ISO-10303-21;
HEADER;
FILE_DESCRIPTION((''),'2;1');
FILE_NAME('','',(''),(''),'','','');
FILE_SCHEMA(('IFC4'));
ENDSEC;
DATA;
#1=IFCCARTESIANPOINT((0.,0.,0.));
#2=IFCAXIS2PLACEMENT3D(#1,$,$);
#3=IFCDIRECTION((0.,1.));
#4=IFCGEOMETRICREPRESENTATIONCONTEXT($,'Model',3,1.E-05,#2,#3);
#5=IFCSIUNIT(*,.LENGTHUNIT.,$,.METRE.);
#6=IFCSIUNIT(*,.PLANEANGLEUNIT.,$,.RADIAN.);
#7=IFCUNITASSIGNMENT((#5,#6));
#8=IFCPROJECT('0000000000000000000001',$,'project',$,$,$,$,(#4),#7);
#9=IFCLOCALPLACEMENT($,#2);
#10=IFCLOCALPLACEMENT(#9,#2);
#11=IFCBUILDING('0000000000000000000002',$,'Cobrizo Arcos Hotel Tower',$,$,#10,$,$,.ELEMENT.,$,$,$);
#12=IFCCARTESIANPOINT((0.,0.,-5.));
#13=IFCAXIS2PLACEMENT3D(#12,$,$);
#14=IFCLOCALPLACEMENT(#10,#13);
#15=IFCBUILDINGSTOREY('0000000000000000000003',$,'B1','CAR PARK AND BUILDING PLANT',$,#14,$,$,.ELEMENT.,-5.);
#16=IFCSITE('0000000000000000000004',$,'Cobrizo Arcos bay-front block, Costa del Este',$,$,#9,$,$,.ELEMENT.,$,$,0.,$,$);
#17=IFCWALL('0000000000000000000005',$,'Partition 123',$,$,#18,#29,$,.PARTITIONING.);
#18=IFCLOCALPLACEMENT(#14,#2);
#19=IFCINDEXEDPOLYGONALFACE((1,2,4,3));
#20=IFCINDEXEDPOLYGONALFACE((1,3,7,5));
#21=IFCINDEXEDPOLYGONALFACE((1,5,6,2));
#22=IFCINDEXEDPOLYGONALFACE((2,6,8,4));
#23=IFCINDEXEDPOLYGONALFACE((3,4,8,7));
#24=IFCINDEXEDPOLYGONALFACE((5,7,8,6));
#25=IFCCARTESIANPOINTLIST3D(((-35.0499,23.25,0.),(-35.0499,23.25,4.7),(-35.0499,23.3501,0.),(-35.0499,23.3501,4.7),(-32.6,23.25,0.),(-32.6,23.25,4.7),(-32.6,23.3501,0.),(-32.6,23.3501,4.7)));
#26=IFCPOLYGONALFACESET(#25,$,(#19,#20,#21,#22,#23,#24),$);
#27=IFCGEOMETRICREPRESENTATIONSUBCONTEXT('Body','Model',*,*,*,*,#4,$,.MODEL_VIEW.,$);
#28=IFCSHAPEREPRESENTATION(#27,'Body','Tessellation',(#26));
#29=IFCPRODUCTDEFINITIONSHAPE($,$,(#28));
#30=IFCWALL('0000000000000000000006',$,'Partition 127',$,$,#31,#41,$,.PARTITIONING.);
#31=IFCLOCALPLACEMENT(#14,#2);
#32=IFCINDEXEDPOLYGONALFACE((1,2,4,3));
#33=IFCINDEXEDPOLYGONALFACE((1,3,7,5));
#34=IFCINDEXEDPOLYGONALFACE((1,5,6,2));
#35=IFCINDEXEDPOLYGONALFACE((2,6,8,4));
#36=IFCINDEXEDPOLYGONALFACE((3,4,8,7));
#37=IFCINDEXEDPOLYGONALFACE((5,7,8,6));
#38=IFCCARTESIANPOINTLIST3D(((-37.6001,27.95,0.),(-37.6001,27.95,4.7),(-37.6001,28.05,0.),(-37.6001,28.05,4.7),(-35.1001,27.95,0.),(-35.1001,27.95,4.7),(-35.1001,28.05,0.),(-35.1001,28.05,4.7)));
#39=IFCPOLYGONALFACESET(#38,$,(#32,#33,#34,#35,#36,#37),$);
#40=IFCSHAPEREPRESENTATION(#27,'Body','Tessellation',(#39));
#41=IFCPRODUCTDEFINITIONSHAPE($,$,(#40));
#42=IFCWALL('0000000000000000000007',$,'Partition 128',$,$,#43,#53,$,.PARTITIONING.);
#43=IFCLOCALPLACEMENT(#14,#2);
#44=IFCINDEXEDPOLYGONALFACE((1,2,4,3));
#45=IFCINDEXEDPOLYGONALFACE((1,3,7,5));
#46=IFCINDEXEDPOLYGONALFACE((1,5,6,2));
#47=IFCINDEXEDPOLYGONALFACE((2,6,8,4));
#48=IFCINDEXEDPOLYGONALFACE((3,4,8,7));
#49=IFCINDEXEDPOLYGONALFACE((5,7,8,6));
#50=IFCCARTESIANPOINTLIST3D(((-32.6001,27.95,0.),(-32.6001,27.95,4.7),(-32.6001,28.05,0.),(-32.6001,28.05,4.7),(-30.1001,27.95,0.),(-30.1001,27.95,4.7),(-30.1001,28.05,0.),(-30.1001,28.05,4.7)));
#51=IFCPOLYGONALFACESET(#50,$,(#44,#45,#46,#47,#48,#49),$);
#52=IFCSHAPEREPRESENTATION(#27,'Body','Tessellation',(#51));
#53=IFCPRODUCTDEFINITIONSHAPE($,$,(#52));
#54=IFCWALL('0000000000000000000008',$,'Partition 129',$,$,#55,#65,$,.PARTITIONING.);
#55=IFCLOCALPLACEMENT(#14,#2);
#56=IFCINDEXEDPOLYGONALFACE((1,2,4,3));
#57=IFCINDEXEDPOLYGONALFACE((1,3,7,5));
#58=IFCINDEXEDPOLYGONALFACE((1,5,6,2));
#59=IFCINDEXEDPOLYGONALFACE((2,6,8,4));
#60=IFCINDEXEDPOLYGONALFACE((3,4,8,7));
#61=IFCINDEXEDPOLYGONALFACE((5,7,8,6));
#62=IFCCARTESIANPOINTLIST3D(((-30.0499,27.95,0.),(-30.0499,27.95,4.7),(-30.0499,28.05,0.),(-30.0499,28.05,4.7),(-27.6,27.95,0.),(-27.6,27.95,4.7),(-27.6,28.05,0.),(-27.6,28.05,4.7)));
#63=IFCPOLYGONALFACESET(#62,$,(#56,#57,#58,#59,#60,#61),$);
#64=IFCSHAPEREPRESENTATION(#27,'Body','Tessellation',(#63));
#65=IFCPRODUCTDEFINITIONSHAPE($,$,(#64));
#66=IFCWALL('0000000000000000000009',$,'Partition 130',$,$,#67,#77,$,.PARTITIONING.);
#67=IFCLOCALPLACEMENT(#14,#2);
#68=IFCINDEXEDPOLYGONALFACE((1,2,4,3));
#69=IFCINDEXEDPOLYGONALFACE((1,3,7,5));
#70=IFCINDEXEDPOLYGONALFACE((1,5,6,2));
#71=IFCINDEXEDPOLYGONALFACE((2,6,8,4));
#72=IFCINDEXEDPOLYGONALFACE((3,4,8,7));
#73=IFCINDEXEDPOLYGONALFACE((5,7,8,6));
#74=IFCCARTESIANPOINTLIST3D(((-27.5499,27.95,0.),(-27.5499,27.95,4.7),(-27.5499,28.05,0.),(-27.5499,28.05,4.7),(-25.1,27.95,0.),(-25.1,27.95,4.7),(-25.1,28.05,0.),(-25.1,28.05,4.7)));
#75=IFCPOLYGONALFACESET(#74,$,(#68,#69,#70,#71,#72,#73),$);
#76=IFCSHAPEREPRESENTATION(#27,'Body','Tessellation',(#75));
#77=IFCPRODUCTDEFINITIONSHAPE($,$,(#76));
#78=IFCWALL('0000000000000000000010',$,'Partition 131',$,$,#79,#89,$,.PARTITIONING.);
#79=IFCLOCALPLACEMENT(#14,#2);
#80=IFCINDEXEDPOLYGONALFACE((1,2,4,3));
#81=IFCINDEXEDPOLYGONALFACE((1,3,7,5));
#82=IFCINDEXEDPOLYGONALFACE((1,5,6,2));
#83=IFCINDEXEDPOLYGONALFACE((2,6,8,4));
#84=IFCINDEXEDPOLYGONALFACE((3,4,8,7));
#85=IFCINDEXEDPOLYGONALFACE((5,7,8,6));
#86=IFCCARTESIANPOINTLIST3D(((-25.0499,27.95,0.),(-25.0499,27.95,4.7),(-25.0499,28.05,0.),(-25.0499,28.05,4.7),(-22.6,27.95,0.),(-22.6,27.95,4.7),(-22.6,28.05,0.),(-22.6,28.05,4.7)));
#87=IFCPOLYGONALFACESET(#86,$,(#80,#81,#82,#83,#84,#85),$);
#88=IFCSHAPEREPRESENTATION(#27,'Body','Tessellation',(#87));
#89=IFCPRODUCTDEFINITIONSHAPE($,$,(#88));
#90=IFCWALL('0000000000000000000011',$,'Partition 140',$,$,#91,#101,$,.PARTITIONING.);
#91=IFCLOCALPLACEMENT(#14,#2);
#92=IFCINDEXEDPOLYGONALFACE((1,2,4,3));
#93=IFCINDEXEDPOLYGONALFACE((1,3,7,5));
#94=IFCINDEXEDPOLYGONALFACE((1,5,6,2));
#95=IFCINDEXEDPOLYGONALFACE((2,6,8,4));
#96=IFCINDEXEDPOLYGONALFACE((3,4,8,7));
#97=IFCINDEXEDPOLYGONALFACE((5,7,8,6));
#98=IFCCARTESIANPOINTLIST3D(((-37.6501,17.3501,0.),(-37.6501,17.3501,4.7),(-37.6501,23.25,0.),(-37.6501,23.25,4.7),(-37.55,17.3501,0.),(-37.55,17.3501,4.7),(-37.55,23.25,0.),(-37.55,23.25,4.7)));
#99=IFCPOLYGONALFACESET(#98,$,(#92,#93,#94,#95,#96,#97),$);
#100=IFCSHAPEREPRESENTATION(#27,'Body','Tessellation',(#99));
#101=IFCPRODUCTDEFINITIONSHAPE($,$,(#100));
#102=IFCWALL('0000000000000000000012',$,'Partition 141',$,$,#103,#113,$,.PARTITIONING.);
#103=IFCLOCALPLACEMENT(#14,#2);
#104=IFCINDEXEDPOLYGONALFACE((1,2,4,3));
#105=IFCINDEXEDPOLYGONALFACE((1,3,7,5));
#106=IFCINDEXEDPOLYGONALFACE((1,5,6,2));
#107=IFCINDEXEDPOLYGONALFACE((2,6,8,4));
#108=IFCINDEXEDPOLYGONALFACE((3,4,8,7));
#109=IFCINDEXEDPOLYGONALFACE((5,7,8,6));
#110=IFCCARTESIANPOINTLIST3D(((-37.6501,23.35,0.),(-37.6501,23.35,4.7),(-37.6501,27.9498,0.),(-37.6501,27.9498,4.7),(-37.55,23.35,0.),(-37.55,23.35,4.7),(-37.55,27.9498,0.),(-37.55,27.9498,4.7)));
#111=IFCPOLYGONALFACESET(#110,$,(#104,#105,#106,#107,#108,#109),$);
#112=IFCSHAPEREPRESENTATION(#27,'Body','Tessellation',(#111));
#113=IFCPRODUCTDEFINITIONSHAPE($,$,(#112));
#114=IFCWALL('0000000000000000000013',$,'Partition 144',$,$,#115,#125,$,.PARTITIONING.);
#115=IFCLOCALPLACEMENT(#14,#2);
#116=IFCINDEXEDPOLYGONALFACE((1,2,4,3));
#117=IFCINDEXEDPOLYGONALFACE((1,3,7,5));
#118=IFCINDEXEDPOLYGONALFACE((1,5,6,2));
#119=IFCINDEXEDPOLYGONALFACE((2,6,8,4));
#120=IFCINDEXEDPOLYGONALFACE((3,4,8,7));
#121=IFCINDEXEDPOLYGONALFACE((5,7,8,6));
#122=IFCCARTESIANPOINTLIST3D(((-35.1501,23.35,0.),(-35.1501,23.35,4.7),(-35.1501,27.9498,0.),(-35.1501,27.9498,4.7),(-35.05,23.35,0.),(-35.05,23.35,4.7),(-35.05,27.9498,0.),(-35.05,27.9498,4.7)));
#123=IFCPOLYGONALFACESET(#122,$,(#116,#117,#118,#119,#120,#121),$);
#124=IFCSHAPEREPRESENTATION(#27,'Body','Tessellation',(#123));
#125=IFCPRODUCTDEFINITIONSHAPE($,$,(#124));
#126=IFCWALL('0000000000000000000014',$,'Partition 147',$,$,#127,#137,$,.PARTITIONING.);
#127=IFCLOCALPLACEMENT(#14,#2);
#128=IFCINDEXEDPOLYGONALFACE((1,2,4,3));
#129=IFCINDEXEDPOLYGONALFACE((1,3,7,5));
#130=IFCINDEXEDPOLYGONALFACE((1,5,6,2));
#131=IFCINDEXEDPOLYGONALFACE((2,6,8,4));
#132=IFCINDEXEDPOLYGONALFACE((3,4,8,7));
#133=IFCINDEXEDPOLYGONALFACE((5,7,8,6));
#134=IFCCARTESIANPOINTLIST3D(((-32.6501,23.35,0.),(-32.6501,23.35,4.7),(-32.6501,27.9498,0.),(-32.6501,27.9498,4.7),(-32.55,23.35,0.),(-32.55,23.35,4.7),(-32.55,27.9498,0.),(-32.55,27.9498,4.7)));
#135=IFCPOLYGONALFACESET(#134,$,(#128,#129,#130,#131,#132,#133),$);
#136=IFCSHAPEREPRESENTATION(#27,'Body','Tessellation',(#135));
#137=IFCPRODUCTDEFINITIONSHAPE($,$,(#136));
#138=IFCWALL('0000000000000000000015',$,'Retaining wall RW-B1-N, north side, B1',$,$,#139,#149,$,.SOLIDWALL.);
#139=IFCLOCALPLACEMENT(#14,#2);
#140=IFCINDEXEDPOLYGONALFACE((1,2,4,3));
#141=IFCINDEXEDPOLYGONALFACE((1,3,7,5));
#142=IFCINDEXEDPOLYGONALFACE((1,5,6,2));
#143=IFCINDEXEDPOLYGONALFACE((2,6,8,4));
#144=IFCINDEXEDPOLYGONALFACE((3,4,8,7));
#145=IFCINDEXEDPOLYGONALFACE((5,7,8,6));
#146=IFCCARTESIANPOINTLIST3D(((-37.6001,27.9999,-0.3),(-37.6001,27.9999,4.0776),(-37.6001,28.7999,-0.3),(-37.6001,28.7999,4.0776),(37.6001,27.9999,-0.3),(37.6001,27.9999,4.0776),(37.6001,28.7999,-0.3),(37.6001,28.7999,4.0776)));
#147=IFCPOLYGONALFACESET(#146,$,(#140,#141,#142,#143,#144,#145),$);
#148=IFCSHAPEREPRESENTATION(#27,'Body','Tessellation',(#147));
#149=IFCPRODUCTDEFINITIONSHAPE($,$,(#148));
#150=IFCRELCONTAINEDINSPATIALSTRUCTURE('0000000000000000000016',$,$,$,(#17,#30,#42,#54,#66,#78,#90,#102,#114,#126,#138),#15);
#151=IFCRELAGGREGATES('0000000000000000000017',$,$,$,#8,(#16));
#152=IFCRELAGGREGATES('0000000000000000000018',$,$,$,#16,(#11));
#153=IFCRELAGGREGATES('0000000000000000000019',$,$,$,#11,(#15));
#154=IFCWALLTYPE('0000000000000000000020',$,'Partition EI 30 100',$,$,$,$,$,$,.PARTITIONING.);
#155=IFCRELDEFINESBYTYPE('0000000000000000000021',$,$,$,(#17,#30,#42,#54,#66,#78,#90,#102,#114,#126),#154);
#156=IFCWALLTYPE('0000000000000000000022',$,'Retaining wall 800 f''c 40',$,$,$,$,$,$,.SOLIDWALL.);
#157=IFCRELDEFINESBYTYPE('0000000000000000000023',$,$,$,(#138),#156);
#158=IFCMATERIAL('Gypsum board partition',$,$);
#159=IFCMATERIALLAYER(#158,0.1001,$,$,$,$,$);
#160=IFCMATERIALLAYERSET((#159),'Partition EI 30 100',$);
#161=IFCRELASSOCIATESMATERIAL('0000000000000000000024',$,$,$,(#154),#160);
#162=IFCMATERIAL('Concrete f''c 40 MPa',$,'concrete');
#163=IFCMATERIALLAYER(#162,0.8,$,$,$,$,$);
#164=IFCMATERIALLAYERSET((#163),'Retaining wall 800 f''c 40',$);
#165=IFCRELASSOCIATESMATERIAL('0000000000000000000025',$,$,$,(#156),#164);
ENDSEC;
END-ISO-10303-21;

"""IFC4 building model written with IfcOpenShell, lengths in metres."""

from ifc_helpers import new_model, si_unit, direction, frame, frame_2d, origin, place, context, subcontext, project, spatial, rectangle, extrude, material, layer, layer_set, type_object, element, save


model = new_model("IFC4")

# Units and contexts
model_context = context("Model", 3, precision=1e-05, world=origin(), true_north=direction((0.0, 1.0)))
body_context = subcontext(model_context, "Body", "Model", "MODEL_VIEW")
ifc_project = project(units=[si_unit("LENGTHUNIT", "METRE"), si_unit("PLANEANGLEUNIT", "RADIAN")], contexts=[model_context])

# Site, building, storey
site_placement = place(None, origin())
site = spatial("IfcSite", under=ifc_project, at=site_placement, Name="Cobrizo Arcos bay-front block, Costa del Este", CompositionType="ELEMENT", RefElevation=0.0)
building_placement = place(site_placement, origin())
building = spatial("IfcBuilding", under=site, at=building_placement, Name="Cobrizo Arcos Hotel Tower", CompositionType="ELEMENT")
storey_placement = place(building_placement, frame((0.0, 0.0, -5.0)))
storey = spatial("IfcBuildingStorey", under=building, at=storey_placement, Name="B1", Description="CAR PARK AND BUILDING PLANT", CompositionType="ELEMENT", Elevation=-5.0)

# Shared definitions
ifc_material_1 = material(Name="Concrete f'c 40 MPa", Category="concrete")

# Walls
ifc_material_2 = material(Name="Gypsum board partition")
ifc_layer_1 = layer(ifc_material_2, 0.1001)
ifc_layer_set_1 = layer_set([ifc_layer_1], Name="Partition EI 30 100")
wall_type_1 = type_object("IfcWallType", Name="Partition EI 30 100", PredefinedType="PARTITIONING", material=ifc_layer_set_1)
wall_1_placement = place(storey_placement, frame((-35.05, 23.3, 0.0), z_axis=(0.0, 0.0, 1.0), x_axis=(1.0, 0.0, 0.0)))
element("IfcWall", 1, at=wall_1_placement, inside=storey, type_object=wall_type_1, Name="Partition 123", PredefinedType="PARTITIONING", context=body_context, shape_type="SweptSolid", body=[
    extrude(rectangle(XDim=2.45, YDim=0.1001, at=frame_2d((1.2251, 0.0))), origin(), (0.0, 0.0, 1.0), 4.7),
])
for number, where, z_axis, x_axis, name in (
    (2, (-37.6001, 28.0, 0.0), (0.0, 0.0, 1.0), (1.0, 0.0, 0.0), "Partition 127"),
    (3, (-32.6001, 28.0, 0.0), (0.0, 0.0, 1.0), (1.0, 0.0, 0.0), "Partition 128"),
):
    element("IfcWall", number, at=place(storey_placement, frame(where, z_axis=z_axis, x_axis=x_axis)), inside=storey, type_object=wall_type_1, Name=name, PredefinedType="PARTITIONING", context=body_context, shape_type="SweptSolid", body=[
        extrude(rectangle(XDim=2.5, YDim=0.1001, at=frame_2d((1.25, 0.0))), origin(), (0.0, 0.0, 1.0), 4.7),
    ])
for number, where, z_axis, x_axis, name in (
    (4, (-30.05, 28.0, 0.0), (0.0, 0.0, 1.0), (1.0, 0.0, 0.0), "Partition 129"),
    (5, (-27.55, 28.0, 0.0), (0.0, 0.0, 1.0), (1.0, 0.0, 0.0), "Partition 130"),
    (6, (-25.05, 28.0, 0.0), (0.0, 0.0, 1.0), (1.0, 0.0, 0.0), "Partition 131"),
):
    element("IfcWall", number, at=place(storey_placement, frame(where, z_axis=z_axis, x_axis=x_axis)), inside=storey, type_object=wall_type_1, Name=name, PredefinedType="PARTITIONING", context=body_context, shape_type="SweptSolid", body=[
        extrude(rectangle(XDim=2.45, YDim=0.1001, at=frame_2d((1.2251, 0.0))), origin(), (0.0, 0.0, 1.0), 4.7),
    ])
wall_2_placement = place(storey_placement, frame((-37.6001, 17.3501, 0.0), z_axis=(0.0, 0.0, 1.0), x_axis=(0.0, 1.0, 0.0)))
element("IfcWall", 7, at=wall_2_placement, inside=storey, type_object=wall_type_1, Name="Partition 140", PredefinedType="PARTITIONING", context=body_context, shape_type="SweptSolid", body=[
    extrude(rectangle(XDim=5.8999, YDim=0.1001, at=frame_2d((2.95, 0.0))), origin(), (0.0, 0.0, 1.0), 4.7),
])
for number, where, z_axis, x_axis, name in (
    (8, (-37.6001, 23.3501, 0.0), (0.0, 0.0, 1.0), (0.0, 1.0, 0.0), "Partition 141"),
    (9, (-35.1001, 23.3501, 0.0), (0.0, 0.0, 1.0), (0.0, 1.0, 0.0), "Partition 144"),
    (10, (-32.6001, 23.3501, 0.0), (0.0, 0.0, 1.0), (0.0, 1.0, 0.0), "Partition 147"),
):
    element("IfcWall", number, at=place(storey_placement, frame(where, z_axis=z_axis, x_axis=x_axis)), inside=storey, type_object=wall_type_1, Name=name, PredefinedType="PARTITIONING", context=body_context, shape_type="SweptSolid", body=[
        extrude(rectangle(XDim=4.5999, YDim=0.1001, at=frame_2d((2.2998, 0.0))), origin(), (0.0, 0.0, 1.0), 4.7),
    ])
ifc_layer_2 = layer(ifc_material_1, 0.8)
ifc_layer_set_2 = layer_set([ifc_layer_2], Name="Retaining wall 800 f'c 40")
wall_type_2 = type_object("IfcWallType", Name="Retaining wall 800 f'c 40", PredefinedType="SOLIDWALL", material=ifc_layer_set_2)
wall_3_placement = place(storey_placement, frame((-37.6001, 28.3999, -0.3), z_axis=(0.0, 0.0, 1.0), x_axis=(1.0, 0.0, 0.0)))
element("IfcWall", 11, at=wall_3_placement, inside=storey, type_object=wall_type_2, Name="Retaining wall RW-B1-N, north side, B1", PredefinedType="SOLIDWALL", context=body_context, shape_type="SweptSolid", body=[
    extrude(rectangle(XDim=75.2002, YDim=0.8, at=frame_2d((37.6001, 0.0))), origin(), (0.0, 0.0, 1.0), 4.3777),
])

save(model, "model.ifc")
